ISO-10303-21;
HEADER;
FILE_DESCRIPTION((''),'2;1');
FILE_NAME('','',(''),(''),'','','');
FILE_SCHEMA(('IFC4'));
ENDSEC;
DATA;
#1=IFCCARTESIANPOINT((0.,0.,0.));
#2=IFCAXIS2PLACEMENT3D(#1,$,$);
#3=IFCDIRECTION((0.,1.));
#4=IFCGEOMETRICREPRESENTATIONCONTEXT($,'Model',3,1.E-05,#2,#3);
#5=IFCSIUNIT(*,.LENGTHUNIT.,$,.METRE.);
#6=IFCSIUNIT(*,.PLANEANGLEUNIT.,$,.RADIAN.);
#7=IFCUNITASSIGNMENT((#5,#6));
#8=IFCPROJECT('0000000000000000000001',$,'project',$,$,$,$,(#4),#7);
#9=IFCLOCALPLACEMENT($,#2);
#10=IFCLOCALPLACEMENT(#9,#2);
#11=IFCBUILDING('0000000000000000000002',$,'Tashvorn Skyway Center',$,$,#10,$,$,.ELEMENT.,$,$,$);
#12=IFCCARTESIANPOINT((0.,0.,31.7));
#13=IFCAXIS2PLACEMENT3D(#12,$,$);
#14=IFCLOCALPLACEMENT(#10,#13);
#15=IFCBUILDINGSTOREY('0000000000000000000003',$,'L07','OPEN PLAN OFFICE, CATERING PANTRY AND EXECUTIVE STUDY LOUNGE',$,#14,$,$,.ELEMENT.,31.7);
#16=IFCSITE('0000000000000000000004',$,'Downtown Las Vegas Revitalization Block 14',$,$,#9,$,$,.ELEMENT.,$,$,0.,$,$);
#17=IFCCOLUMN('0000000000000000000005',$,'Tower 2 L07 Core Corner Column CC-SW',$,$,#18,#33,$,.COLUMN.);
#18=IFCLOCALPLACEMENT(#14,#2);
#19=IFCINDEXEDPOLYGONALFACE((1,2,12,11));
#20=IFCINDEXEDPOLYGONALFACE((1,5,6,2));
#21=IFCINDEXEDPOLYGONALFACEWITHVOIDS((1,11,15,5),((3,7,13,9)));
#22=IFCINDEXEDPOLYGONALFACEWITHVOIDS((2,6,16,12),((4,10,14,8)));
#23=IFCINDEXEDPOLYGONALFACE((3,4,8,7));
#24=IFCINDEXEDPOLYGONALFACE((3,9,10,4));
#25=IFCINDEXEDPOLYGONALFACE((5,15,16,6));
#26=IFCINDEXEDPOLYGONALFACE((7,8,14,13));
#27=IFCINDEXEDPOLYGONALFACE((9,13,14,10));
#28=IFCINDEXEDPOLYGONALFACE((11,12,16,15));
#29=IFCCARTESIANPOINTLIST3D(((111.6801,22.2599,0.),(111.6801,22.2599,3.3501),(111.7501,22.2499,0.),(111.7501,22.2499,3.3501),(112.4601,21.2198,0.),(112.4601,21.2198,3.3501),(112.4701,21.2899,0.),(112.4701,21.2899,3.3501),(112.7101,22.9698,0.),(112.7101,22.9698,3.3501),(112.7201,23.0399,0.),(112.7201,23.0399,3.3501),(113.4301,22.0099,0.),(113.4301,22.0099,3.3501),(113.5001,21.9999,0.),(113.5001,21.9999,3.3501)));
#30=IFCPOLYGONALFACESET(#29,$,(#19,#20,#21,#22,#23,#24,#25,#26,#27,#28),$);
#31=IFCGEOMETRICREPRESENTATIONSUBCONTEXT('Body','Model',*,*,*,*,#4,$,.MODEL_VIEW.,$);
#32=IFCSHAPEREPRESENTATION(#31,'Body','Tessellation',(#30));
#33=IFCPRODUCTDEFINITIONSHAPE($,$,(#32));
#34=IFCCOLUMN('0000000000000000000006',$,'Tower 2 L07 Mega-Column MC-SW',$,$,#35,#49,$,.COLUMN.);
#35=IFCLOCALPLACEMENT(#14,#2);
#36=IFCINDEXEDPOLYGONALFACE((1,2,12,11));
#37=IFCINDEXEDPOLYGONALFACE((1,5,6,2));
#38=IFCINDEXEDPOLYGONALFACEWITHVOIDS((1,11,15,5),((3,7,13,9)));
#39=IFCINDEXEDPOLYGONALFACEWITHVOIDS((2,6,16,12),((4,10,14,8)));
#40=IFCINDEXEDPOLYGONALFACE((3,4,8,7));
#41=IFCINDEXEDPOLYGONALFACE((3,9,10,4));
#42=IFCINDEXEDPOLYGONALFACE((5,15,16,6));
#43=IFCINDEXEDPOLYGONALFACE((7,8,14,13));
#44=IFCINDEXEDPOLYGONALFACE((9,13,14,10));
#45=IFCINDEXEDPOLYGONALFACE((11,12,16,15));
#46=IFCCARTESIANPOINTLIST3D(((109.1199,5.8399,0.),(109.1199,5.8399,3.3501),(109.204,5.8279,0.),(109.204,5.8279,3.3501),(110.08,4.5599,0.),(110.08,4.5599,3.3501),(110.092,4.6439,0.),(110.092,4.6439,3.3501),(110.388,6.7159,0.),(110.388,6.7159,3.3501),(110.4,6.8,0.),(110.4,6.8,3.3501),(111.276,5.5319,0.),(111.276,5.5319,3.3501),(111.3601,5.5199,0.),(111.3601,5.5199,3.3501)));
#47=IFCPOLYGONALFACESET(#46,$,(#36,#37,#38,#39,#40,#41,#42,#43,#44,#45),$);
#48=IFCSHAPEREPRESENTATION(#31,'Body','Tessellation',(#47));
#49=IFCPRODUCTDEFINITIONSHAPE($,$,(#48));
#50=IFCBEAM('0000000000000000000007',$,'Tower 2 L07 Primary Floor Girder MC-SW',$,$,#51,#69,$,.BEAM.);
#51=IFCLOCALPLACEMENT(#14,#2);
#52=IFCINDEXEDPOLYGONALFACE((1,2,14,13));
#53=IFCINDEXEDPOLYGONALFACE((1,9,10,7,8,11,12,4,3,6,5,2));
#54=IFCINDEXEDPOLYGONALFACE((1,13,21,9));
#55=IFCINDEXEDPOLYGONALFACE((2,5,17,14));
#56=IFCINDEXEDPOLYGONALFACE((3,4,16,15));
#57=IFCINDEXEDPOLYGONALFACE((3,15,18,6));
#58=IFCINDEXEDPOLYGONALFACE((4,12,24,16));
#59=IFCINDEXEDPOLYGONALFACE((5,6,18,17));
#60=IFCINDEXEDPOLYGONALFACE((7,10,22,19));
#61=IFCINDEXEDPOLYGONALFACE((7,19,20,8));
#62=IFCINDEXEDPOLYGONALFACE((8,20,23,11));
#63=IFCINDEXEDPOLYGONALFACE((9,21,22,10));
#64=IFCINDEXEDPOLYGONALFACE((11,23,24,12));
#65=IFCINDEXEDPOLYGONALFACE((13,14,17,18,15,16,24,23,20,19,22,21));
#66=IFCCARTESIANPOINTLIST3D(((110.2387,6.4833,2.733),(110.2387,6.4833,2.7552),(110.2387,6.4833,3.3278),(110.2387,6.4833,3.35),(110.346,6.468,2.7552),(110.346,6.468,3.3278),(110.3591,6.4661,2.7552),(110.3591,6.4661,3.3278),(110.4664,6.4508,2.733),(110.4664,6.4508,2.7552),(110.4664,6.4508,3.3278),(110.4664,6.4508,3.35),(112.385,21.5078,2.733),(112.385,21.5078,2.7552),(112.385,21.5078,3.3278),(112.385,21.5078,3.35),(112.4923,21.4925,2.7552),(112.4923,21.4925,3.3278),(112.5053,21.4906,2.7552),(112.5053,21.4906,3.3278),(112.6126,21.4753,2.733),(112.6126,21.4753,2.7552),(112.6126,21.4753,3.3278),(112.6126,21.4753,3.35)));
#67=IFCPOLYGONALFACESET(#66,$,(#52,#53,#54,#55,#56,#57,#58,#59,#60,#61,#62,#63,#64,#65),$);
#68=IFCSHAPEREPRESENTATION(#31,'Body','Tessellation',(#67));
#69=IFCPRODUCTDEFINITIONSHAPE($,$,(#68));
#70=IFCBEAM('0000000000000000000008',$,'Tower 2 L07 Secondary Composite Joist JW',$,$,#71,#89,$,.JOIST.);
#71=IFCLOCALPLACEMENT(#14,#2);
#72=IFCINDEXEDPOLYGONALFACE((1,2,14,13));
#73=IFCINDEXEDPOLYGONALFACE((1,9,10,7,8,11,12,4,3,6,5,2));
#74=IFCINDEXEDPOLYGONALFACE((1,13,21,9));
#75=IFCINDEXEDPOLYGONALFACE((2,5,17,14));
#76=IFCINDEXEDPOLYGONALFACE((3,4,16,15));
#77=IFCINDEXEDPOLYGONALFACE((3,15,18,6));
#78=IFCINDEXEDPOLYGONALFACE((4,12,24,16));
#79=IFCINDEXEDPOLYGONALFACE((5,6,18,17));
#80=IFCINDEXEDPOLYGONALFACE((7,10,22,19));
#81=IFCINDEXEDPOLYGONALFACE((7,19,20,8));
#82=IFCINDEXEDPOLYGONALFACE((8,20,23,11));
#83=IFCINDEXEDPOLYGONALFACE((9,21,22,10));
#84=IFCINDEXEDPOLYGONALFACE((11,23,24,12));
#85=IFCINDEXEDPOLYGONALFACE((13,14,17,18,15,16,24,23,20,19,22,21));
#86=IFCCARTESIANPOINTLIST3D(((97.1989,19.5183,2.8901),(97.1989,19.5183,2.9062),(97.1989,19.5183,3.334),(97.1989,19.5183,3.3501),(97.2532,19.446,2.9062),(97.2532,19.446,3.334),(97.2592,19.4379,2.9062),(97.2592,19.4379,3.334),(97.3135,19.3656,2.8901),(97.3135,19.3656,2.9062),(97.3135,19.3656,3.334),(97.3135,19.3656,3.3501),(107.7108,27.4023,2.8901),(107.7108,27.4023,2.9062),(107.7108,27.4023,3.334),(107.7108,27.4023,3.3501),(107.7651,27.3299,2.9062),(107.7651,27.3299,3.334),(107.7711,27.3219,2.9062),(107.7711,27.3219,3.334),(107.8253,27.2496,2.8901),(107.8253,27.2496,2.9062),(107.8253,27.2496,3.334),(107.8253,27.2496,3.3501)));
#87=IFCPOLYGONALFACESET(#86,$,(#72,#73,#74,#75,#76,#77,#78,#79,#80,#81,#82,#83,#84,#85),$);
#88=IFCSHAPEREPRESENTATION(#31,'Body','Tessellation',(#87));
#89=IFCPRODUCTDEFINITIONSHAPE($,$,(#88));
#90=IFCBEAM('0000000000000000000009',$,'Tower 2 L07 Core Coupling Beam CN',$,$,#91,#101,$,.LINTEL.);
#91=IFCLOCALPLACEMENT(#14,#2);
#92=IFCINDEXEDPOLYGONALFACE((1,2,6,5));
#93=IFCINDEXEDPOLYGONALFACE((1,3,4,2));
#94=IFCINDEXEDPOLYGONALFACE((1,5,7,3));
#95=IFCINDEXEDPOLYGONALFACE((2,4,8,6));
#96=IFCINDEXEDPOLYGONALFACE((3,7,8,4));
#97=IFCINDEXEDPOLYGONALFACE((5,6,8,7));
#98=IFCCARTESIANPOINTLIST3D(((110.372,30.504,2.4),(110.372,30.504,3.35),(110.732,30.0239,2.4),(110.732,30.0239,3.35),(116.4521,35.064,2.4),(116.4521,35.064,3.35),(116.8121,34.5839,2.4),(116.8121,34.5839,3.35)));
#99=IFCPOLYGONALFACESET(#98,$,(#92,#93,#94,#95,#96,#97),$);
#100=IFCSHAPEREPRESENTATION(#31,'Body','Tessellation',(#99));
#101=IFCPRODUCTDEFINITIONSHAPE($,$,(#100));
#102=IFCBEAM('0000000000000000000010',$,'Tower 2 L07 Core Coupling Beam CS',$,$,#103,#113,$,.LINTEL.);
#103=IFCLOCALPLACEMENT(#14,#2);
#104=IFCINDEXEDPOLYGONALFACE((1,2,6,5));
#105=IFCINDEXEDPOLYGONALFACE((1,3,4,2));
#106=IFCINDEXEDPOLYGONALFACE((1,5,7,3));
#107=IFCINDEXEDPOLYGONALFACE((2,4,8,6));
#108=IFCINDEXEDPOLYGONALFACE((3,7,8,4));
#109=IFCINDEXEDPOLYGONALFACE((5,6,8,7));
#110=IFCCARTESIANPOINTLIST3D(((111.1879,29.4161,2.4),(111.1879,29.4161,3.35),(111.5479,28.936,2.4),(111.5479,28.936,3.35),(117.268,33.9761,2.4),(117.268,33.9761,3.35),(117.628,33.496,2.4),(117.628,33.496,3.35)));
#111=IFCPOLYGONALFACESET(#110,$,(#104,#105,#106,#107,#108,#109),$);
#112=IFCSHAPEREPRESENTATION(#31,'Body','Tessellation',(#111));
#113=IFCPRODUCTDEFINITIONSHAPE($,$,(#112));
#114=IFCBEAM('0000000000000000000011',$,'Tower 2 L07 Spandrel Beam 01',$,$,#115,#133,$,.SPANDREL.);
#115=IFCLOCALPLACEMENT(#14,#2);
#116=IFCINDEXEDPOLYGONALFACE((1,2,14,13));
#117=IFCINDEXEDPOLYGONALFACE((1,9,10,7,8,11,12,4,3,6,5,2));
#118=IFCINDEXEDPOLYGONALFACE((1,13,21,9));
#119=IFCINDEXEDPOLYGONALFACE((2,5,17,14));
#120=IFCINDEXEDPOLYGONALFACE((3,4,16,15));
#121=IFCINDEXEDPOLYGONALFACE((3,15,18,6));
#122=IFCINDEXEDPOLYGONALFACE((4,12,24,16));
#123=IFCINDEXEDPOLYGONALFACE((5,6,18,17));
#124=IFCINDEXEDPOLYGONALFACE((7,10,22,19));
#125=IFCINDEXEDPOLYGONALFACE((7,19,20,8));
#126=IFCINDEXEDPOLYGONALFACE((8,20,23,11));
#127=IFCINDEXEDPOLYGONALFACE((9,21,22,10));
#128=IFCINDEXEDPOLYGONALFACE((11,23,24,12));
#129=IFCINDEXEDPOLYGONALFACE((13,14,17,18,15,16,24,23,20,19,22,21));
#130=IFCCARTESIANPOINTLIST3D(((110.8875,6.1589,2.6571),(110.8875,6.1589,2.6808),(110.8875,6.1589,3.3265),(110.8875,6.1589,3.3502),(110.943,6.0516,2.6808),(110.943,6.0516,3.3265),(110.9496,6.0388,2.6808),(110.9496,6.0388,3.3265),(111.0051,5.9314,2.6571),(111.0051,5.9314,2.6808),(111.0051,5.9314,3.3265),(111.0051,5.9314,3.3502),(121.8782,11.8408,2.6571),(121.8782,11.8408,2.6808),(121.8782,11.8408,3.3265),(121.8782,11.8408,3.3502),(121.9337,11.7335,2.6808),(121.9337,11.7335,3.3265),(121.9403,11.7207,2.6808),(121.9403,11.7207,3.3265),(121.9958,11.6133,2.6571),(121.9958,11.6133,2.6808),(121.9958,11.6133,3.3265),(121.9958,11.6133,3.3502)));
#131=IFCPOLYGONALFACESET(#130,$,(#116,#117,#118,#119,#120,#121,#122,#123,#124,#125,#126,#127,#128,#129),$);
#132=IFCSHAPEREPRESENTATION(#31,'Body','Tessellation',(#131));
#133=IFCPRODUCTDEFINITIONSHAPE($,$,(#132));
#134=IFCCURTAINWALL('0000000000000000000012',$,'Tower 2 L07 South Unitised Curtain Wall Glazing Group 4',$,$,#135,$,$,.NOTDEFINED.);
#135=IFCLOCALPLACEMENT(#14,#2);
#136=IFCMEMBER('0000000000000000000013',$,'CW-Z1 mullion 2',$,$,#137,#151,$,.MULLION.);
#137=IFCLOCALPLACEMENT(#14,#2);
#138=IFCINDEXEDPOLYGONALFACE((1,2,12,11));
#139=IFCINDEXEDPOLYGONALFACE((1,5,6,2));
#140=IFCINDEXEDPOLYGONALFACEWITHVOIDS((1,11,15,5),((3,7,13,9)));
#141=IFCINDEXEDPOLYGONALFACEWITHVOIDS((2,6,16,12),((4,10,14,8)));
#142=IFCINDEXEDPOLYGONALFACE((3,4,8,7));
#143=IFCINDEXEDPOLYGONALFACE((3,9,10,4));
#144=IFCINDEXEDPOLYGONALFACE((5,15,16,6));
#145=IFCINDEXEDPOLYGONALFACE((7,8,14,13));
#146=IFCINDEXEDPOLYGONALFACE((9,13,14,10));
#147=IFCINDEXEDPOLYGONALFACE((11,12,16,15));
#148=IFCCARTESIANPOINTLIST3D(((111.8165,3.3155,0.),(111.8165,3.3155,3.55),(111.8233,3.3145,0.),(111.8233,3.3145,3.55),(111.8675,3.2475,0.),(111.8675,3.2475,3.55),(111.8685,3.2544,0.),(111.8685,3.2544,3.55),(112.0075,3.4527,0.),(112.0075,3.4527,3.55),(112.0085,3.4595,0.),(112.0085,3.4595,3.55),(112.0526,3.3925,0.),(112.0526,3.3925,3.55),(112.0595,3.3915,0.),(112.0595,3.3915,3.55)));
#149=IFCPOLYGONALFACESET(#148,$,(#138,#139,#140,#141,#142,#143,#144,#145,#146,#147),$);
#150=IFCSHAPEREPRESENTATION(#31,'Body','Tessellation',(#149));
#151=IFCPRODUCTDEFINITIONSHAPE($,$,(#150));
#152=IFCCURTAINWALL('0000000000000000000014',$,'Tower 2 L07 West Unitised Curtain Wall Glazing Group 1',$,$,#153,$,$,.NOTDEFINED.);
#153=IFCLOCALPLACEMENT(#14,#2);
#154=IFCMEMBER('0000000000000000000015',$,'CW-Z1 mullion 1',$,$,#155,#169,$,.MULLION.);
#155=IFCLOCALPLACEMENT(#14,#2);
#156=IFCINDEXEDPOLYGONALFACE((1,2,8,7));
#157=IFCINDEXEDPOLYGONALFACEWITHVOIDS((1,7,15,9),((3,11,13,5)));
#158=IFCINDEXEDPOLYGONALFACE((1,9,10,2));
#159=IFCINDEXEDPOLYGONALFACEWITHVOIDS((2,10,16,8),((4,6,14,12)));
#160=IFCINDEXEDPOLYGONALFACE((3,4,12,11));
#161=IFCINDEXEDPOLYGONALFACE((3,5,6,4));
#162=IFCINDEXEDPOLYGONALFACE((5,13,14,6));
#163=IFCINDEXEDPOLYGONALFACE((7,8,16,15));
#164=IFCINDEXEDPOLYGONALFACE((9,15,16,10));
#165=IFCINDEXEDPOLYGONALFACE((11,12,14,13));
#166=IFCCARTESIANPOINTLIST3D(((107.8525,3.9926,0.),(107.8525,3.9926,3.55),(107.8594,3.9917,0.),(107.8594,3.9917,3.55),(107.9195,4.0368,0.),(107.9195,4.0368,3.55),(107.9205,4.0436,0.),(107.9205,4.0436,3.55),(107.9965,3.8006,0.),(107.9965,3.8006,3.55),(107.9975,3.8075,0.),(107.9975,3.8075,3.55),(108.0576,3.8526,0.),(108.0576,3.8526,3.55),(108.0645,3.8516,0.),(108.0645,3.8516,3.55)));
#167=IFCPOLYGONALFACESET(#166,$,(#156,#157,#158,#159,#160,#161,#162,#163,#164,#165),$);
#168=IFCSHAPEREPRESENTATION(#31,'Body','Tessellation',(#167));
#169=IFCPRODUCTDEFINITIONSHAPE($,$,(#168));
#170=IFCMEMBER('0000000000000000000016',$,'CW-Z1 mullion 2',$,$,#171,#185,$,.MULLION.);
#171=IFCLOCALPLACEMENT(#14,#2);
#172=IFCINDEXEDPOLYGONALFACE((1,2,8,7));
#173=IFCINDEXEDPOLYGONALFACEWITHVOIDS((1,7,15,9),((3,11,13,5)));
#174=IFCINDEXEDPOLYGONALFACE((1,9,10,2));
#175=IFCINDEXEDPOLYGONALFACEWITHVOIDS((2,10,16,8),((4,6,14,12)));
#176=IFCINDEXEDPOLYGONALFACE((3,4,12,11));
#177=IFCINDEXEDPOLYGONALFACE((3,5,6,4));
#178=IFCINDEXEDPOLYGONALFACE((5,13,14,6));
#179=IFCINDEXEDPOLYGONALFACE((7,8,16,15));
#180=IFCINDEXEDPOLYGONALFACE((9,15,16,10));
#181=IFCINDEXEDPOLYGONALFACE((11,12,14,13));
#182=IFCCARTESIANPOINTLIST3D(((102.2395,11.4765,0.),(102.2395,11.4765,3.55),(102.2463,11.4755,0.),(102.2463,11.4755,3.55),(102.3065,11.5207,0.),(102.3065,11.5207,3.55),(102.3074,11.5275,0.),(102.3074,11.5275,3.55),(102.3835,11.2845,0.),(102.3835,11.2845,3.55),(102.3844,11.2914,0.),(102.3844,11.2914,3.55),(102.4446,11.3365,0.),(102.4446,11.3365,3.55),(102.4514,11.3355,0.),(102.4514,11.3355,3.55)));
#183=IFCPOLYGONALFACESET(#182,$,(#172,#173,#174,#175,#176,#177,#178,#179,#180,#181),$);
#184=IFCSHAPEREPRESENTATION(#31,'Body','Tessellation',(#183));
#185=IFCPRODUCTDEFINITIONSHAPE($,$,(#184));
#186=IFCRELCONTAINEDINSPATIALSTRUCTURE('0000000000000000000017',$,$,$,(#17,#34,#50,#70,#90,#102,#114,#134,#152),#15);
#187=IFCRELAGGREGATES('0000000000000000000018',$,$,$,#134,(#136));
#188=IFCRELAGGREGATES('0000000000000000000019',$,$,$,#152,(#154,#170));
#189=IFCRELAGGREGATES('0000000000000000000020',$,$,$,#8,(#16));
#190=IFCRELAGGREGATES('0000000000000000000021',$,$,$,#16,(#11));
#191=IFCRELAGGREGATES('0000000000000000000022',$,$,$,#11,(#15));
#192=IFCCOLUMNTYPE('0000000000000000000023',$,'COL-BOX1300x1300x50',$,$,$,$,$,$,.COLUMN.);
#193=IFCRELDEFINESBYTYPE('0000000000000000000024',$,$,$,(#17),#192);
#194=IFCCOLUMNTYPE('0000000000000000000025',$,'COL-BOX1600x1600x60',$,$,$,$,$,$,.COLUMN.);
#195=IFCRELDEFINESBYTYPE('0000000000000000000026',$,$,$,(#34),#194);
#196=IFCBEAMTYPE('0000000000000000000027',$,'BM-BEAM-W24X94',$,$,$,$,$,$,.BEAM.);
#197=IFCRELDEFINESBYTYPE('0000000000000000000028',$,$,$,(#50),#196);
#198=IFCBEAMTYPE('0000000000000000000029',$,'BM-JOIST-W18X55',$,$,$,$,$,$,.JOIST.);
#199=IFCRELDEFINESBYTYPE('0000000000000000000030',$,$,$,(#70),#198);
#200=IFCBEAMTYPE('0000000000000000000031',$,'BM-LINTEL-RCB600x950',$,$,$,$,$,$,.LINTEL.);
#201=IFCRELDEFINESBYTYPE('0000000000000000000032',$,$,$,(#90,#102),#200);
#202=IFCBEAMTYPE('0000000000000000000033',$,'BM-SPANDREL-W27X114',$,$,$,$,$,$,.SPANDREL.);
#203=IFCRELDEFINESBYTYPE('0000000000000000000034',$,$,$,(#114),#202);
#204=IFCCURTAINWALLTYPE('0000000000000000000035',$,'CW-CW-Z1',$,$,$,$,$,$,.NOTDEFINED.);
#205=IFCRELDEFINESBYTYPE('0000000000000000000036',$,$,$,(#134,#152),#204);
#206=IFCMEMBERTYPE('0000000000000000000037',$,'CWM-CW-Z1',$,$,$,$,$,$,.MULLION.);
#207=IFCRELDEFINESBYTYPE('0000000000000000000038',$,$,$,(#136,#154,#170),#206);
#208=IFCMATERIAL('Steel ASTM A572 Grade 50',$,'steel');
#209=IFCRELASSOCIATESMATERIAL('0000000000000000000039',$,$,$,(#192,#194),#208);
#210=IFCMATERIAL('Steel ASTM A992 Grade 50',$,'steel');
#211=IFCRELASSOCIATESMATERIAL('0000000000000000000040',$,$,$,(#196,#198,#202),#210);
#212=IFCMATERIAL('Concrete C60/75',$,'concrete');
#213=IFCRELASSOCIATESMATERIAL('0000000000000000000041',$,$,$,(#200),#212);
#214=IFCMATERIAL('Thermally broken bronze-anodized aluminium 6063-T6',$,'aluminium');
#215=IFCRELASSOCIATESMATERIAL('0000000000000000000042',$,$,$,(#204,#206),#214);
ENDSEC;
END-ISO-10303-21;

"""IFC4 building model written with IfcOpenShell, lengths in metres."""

from ifc_helpers import new_model, si_unit, direction, frame, origin, origin_2d, place, context, subcontext, project, spatial, rectangle, hollow_rectangle, i_section, extrude, material, material_profile, profile_set, type_object, element, aggregate, save


model = new_model("IFC4")

# Units and contexts
model_context = context("Model", 3, precision=1e-05, world=origin(), true_north=direction((0.0, 1.0)))
body_context = subcontext(model_context, "Body", "Model", "MODEL_VIEW")
ifc_project = project(units=[si_unit("LENGTHUNIT", "METRE"), si_unit("PLANEANGLEUNIT", "RADIAN")], contexts=[model_context])

# Site, building, storey
site_placement = place(None, origin())
site = spatial("IfcSite", under=ifc_project, at=site_placement, Name="Downtown Las Vegas Revitalization Block 14", CompositionType="ELEMENT", RefElevation=0.0)
building_placement = place(site_placement, origin())
building = spatial("IfcBuilding", under=site, at=building_placement, Name="Tashvorn Skyway Center", CompositionType="ELEMENT")
storey_placement = place(building_placement, frame((0.0, 0.0, 31.7)))
storey = spatial("IfcBuildingStorey", under=building, at=storey_placement, Name="L07", Description="OPEN PLAN OFFICE, CATERING PANTRY AND EXECUTIVE STUDY LOUNGE", CompositionType="ELEMENT", Elevation=31.7)

# Columns
ifc_material_1 = material(Name="Steel ASTM A572 Grade 50", Category="steel")
ifc_material_profile_1 = material_profile(ifc_material_1, hollow_rectangle(XDim=1.3, YDim=1.3, WallThickness=0.05, at=origin_2d()), Name="BOX1300x1300x50")
ifc_profile_set_1 = profile_set([ifc_material_profile_1], Name="Steel ASTM A572 Grade 50")
column_type_1 = type_object("IfcColumnType", Name="COL-BOX1300x1300x50", PredefinedType="COLUMN", material=ifc_profile_set_1)
column_1_placement = place(storey_placement, frame((112.5901, 22.1299, 0.0), z_axis=(0.0, 0.0, 1.0), x_axis=(0.8, 0.6, 0.0)))
element("IfcColumn", 1, at=column_1_placement, inside=storey, type_object=column_type_1, Name="Tower 2 L07 Core Corner Column CC-SW", PredefinedType="COLUMN", context=body_context, shape_type="SweptSolid", body=[
    extrude(hollow_rectangle(XDim=1.3, YDim=1.3, WallThickness=0.05, at=origin_2d()), origin(), (0.0, 0.0, 1.0), 3.3501),
])
ifc_material_profile_2 = material_profile(ifc_material_1, hollow_rectangle(XDim=1.6001, YDim=1.6001, WallThickness=0.0601, at=origin_2d()), Name="BOX1600x1600x60")
ifc_profile_set_2 = profile_set([ifc_material_profile_2], Name="Steel ASTM A572 Grade 50")
column_type_2 = type_object("IfcColumnType", Name="COL-BOX1600x1600x60", PredefinedType="COLUMN", material=ifc_profile_set_2)
column_2_placement = place(storey_placement, frame((110.24, 5.6799, 0.0), z_axis=(0.0, 0.0, 1.0), x_axis=(0.8, 0.6, 0.0)))
element("IfcColumn", 2, at=column_2_placement, inside=storey, type_object=column_type_2, Name="Tower 2 L07 Mega-Column MC-SW", PredefinedType="COLUMN", context=body_context, shape_type="SweptSolid", body=[
    extrude(hollow_rectangle(XDim=1.6001, YDim=1.6001, WallThickness=0.0601, at=origin_2d()), origin(), (0.0, 0.0, 1.0), 3.3501),
])

# Beams
ifc_material_2 = material(Name="Steel ASTM A992 Grade 50", Category="steel")
ifc_material_profile_3 = material_profile(ifc_material_2, i_section(OverallWidth=0.23, OverallDepth=0.6169, WebThickness=0.0132, FlangeThickness=0.0222, at=origin_2d()), Name="W24X94")
ifc_profile_set_3 = profile_set([ifc_material_profile_3], Name="Steel ASTM A992 Grade 50")
beam_type_1 = type_object("IfcBeamType", Name="BM-BEAM-W24X94", PredefinedType="BEAM", material=ifc_profile_set_3)
beam_1_placement = place(storey_placement, frame((110.3525, 6.467, 3.0415), z_axis=(0.141415, 0.98995, 0.0), x_axis=(-0.98995, 0.141415, 0.0)))
element("IfcBeam", 3, at=beam_1_placement, inside=storey, type_object=beam_type_1, Name="Tower 2 L07 Primary Floor Girder MC-SW", PredefinedType="BEAM", context=body_context, shape_type="SweptSolid", body=[
    extrude(i_section(OverallWidth=0.23, OverallDepth=0.6169, WebThickness=0.0132, FlangeThickness=0.0222, at=origin_2d()), origin(), (0.0, 0.0, 1.0), 15.177),
])
ifc_material_profile_4 = material_profile(ifc_material_2, i_section(OverallWidth=0.1909, OverallDepth=0.46, WebThickness=0.01, FlangeThickness=0.0161, at=origin_2d()), Name="W18X55")
ifc_profile_set_4 = profile_set([ifc_material_profile_4], Name="Steel ASTM A992 Grade 50")
beam_type_2 = type_object("IfcBeamType", Name="BM-JOIST-W18X55", PredefinedType="JOIST", material=ifc_profile_set_4)
beam_2_placement = place(storey_placement, frame((107.7681, 27.3259, 3.1201), z_axis=(-0.799998, -0.600003, 0.0), x_axis=(0.600003, -0.799998, 0.0)))
element("IfcBeam", 4, at=beam_2_placement, inside=storey, type_object=beam_type_2, Name="Tower 2 L07 Secondary Composite Joist JW", PredefinedType="JOIST", context=body_context, shape_type="SweptSolid", body=[
    extrude(i_section(OverallWidth=0.1909, OverallDepth=0.46, WebThickness=0.01, FlangeThickness=0.0161, at=origin_2d()), origin(), (0.0, 0.0, 1.0), 13.1399),
])
ifc_material_3 = material(Name="Concrete C60/75", Category="concrete")
ifc_material_profile_5 = material_profile(ifc_material_3, rectangle(XDim=0.6001, YDim=0.95, at=origin_2d()), Name="RCB600x950")
ifc_profile_set_5 = profile_set([ifc_material_profile_5], Name="Concrete C60/75")
beam_type_3 = type_object("IfcBeamType", Name="BM-LINTEL-RCB600x950", PredefinedType="LINTEL", material=ifc_profile_set_5)
for number, where, z_axis, x_axis, name in (
    (5, (110.552, 30.2639, 2.875), (0.8, 0.6, 0.0), (-0.6, 0.8, 0.0), "Tower 2 L07 Core Coupling Beam CN"),
    (6, (111.3679, 29.176, 2.875), (0.8, 0.6, 0.0), (-0.6, 0.8, 0.0), "Tower 2 L07 Core Coupling Beam CS"),
):
    element("IfcBeam", number, at=place(storey_placement, frame(where, z_axis=z_axis, x_axis=x_axis)), inside=storey, type_object=beam_type_3, Name=name, PredefinedType="LINTEL", context=body_context, shape_type="SweptSolid", body=[
        extrude(rectangle(XDim=0.6001, YDim=0.95, at=origin_2d()), origin(), (0.0, 0.0, 1.0), 7.6001),
    ])
ifc_material_profile_6 = material_profile(ifc_material_2, i_section(OverallWidth=0.2561, OverallDepth=0.6931, WebThickness=0.0144, FlangeThickness=0.0237, at=origin_2d()), Name="W27X114")
ifc_profile_set_6 = profile_set([ifc_material_profile_6], Name="Steel ASTM A992 Grade 50")
beam_type_4 = type_object("IfcBeamType", Name="BM-SPANDREL-W27X114", PredefinedType="SPANDREL", material=ifc_profile_set_6)
beam_3_placement = place(storey_placement, frame((110.9463, 6.0452, 3.0037), z_axis=(0.888316, 0.459233, 0.0), x_axis=(-0.459233, 0.888316, 0.0)))
element("IfcBeam", 7, at=beam_3_placement, inside=storey, type_object=beam_type_4, Name="Tower 2 L07 Spandrel Beam 01", PredefinedType="SPANDREL", context=body_context, shape_type="SweptSolid", body=[
    extrude(i_section(OverallWidth=0.2561, OverallDepth=0.6931, WebThickness=0.0144, FlangeThickness=0.0237, at=origin_2d()), origin(), (0.0, 0.0, 1.0), 12.3726),
])

# Curtain wall, member
ifc_material_4 = material(Name="Thermally broken bronze-anodized aluminium 6063-T6", Category="aluminium")
curtain_wall_type = type_object("IfcCurtainWallType", Name="CW-CW-Z1", PredefinedType="NOTDEFINED", material=ifc_material_4)
curtain_wall_1_placement = place(storey_placement, origin())
curtain_wall_1 = element("IfcCurtainWall", 8, at=curtain_wall_1_placement, inside=storey, type_object=curtain_wall_type, Name="Tower 2 L07 South Unitised Curtain Wall Glazing Group 4", PredefinedType="NOTDEFINED")
ifc_material_profile_7 = material_profile(ifc_material_4, hollow_rectangle(XDim=0.085, YDim=0.24, WallThickness=0.0049, at=origin_2d()), Name="ALU-MULL-85x240")
ifc_profile_set_7 = profile_set([ifc_material_profile_7], Name="Thermally broken bronze-anodized aluminium 6063-T6")
member_type_1 = type_object("IfcMemberType", Name="CWM-CW-Z1", PredefinedType="MULLION", material=ifc_profile_set_7)
member_1_placement = place(storey_placement, frame((111.938, 3.3535, 0.0), z_axis=(0.0, 0.0, 1.0), x_axis=(0.6, -0.8, 0.0)))
member_1 = element("IfcMember", 9, at=member_1_placement, type_object=member_type_1, Name="CW-Z1 mullion 2", PredefinedType="MULLION", context=body_context, shape_type="SweptSolid", body=[
    extrude(hollow_rectangle(XDim=0.085, YDim=0.24, WallThickness=0.0049, at=origin_2d()), origin(), (0.0, 0.0, 1.0), 3.55),
])
aggregate(curtain_wall_1, [member_1])

# Curtain wall, members
curtain_wall_2_placement = place(storey_placement, origin())
curtain_wall_2 = element("IfcCurtainWall", 10, at=curtain_wall_2_placement, inside=storey, type_object=curtain_wall_type, Name="Tower 2 L07 West Unitised Curtain Wall Glazing Group 1", PredefinedType="NOTDEFINED")
member_2_placement = place(storey_placement, frame((107.9585, 3.9221, 0.0), z_axis=(0.0, 0.0, 1.0), x_axis=(-0.8, -0.6, 0.0)))
member_2 = element("IfcMember", 11, at=member_2_placement, type_object=member_type_1, Name="CW-Z1 mullion 1", PredefinedType="MULLION", context=body_context, shape_type="SweptSolid", body=[
    extrude(hollow_rectangle(XDim=0.085, YDim=0.24, WallThickness=0.0049, at=origin_2d()), origin(), (0.0, 0.0, 1.0), 3.55),
])
member_3_placement = place(storey_placement, frame((102.3455, 11.406, 0.0), z_axis=(0.0, 0.0, 1.0), x_axis=(-0.8, -0.6, 0.0)))
member_3 = element("IfcMember", 12, at=member_3_placement, type_object=member_type_1, Name="CW-Z1 mullion 2", PredefinedType="MULLION", context=body_context, shape_type="SweptSolid", body=[
    extrude(hollow_rectangle(XDim=0.085, YDim=0.24, WallThickness=0.0049, at=origin_2d()), origin(), (0.0, 0.0, 1.0), 3.55),
])

aggregate(curtain_wall_2, [member_2, member_3])

save(model, "model.ifc")
